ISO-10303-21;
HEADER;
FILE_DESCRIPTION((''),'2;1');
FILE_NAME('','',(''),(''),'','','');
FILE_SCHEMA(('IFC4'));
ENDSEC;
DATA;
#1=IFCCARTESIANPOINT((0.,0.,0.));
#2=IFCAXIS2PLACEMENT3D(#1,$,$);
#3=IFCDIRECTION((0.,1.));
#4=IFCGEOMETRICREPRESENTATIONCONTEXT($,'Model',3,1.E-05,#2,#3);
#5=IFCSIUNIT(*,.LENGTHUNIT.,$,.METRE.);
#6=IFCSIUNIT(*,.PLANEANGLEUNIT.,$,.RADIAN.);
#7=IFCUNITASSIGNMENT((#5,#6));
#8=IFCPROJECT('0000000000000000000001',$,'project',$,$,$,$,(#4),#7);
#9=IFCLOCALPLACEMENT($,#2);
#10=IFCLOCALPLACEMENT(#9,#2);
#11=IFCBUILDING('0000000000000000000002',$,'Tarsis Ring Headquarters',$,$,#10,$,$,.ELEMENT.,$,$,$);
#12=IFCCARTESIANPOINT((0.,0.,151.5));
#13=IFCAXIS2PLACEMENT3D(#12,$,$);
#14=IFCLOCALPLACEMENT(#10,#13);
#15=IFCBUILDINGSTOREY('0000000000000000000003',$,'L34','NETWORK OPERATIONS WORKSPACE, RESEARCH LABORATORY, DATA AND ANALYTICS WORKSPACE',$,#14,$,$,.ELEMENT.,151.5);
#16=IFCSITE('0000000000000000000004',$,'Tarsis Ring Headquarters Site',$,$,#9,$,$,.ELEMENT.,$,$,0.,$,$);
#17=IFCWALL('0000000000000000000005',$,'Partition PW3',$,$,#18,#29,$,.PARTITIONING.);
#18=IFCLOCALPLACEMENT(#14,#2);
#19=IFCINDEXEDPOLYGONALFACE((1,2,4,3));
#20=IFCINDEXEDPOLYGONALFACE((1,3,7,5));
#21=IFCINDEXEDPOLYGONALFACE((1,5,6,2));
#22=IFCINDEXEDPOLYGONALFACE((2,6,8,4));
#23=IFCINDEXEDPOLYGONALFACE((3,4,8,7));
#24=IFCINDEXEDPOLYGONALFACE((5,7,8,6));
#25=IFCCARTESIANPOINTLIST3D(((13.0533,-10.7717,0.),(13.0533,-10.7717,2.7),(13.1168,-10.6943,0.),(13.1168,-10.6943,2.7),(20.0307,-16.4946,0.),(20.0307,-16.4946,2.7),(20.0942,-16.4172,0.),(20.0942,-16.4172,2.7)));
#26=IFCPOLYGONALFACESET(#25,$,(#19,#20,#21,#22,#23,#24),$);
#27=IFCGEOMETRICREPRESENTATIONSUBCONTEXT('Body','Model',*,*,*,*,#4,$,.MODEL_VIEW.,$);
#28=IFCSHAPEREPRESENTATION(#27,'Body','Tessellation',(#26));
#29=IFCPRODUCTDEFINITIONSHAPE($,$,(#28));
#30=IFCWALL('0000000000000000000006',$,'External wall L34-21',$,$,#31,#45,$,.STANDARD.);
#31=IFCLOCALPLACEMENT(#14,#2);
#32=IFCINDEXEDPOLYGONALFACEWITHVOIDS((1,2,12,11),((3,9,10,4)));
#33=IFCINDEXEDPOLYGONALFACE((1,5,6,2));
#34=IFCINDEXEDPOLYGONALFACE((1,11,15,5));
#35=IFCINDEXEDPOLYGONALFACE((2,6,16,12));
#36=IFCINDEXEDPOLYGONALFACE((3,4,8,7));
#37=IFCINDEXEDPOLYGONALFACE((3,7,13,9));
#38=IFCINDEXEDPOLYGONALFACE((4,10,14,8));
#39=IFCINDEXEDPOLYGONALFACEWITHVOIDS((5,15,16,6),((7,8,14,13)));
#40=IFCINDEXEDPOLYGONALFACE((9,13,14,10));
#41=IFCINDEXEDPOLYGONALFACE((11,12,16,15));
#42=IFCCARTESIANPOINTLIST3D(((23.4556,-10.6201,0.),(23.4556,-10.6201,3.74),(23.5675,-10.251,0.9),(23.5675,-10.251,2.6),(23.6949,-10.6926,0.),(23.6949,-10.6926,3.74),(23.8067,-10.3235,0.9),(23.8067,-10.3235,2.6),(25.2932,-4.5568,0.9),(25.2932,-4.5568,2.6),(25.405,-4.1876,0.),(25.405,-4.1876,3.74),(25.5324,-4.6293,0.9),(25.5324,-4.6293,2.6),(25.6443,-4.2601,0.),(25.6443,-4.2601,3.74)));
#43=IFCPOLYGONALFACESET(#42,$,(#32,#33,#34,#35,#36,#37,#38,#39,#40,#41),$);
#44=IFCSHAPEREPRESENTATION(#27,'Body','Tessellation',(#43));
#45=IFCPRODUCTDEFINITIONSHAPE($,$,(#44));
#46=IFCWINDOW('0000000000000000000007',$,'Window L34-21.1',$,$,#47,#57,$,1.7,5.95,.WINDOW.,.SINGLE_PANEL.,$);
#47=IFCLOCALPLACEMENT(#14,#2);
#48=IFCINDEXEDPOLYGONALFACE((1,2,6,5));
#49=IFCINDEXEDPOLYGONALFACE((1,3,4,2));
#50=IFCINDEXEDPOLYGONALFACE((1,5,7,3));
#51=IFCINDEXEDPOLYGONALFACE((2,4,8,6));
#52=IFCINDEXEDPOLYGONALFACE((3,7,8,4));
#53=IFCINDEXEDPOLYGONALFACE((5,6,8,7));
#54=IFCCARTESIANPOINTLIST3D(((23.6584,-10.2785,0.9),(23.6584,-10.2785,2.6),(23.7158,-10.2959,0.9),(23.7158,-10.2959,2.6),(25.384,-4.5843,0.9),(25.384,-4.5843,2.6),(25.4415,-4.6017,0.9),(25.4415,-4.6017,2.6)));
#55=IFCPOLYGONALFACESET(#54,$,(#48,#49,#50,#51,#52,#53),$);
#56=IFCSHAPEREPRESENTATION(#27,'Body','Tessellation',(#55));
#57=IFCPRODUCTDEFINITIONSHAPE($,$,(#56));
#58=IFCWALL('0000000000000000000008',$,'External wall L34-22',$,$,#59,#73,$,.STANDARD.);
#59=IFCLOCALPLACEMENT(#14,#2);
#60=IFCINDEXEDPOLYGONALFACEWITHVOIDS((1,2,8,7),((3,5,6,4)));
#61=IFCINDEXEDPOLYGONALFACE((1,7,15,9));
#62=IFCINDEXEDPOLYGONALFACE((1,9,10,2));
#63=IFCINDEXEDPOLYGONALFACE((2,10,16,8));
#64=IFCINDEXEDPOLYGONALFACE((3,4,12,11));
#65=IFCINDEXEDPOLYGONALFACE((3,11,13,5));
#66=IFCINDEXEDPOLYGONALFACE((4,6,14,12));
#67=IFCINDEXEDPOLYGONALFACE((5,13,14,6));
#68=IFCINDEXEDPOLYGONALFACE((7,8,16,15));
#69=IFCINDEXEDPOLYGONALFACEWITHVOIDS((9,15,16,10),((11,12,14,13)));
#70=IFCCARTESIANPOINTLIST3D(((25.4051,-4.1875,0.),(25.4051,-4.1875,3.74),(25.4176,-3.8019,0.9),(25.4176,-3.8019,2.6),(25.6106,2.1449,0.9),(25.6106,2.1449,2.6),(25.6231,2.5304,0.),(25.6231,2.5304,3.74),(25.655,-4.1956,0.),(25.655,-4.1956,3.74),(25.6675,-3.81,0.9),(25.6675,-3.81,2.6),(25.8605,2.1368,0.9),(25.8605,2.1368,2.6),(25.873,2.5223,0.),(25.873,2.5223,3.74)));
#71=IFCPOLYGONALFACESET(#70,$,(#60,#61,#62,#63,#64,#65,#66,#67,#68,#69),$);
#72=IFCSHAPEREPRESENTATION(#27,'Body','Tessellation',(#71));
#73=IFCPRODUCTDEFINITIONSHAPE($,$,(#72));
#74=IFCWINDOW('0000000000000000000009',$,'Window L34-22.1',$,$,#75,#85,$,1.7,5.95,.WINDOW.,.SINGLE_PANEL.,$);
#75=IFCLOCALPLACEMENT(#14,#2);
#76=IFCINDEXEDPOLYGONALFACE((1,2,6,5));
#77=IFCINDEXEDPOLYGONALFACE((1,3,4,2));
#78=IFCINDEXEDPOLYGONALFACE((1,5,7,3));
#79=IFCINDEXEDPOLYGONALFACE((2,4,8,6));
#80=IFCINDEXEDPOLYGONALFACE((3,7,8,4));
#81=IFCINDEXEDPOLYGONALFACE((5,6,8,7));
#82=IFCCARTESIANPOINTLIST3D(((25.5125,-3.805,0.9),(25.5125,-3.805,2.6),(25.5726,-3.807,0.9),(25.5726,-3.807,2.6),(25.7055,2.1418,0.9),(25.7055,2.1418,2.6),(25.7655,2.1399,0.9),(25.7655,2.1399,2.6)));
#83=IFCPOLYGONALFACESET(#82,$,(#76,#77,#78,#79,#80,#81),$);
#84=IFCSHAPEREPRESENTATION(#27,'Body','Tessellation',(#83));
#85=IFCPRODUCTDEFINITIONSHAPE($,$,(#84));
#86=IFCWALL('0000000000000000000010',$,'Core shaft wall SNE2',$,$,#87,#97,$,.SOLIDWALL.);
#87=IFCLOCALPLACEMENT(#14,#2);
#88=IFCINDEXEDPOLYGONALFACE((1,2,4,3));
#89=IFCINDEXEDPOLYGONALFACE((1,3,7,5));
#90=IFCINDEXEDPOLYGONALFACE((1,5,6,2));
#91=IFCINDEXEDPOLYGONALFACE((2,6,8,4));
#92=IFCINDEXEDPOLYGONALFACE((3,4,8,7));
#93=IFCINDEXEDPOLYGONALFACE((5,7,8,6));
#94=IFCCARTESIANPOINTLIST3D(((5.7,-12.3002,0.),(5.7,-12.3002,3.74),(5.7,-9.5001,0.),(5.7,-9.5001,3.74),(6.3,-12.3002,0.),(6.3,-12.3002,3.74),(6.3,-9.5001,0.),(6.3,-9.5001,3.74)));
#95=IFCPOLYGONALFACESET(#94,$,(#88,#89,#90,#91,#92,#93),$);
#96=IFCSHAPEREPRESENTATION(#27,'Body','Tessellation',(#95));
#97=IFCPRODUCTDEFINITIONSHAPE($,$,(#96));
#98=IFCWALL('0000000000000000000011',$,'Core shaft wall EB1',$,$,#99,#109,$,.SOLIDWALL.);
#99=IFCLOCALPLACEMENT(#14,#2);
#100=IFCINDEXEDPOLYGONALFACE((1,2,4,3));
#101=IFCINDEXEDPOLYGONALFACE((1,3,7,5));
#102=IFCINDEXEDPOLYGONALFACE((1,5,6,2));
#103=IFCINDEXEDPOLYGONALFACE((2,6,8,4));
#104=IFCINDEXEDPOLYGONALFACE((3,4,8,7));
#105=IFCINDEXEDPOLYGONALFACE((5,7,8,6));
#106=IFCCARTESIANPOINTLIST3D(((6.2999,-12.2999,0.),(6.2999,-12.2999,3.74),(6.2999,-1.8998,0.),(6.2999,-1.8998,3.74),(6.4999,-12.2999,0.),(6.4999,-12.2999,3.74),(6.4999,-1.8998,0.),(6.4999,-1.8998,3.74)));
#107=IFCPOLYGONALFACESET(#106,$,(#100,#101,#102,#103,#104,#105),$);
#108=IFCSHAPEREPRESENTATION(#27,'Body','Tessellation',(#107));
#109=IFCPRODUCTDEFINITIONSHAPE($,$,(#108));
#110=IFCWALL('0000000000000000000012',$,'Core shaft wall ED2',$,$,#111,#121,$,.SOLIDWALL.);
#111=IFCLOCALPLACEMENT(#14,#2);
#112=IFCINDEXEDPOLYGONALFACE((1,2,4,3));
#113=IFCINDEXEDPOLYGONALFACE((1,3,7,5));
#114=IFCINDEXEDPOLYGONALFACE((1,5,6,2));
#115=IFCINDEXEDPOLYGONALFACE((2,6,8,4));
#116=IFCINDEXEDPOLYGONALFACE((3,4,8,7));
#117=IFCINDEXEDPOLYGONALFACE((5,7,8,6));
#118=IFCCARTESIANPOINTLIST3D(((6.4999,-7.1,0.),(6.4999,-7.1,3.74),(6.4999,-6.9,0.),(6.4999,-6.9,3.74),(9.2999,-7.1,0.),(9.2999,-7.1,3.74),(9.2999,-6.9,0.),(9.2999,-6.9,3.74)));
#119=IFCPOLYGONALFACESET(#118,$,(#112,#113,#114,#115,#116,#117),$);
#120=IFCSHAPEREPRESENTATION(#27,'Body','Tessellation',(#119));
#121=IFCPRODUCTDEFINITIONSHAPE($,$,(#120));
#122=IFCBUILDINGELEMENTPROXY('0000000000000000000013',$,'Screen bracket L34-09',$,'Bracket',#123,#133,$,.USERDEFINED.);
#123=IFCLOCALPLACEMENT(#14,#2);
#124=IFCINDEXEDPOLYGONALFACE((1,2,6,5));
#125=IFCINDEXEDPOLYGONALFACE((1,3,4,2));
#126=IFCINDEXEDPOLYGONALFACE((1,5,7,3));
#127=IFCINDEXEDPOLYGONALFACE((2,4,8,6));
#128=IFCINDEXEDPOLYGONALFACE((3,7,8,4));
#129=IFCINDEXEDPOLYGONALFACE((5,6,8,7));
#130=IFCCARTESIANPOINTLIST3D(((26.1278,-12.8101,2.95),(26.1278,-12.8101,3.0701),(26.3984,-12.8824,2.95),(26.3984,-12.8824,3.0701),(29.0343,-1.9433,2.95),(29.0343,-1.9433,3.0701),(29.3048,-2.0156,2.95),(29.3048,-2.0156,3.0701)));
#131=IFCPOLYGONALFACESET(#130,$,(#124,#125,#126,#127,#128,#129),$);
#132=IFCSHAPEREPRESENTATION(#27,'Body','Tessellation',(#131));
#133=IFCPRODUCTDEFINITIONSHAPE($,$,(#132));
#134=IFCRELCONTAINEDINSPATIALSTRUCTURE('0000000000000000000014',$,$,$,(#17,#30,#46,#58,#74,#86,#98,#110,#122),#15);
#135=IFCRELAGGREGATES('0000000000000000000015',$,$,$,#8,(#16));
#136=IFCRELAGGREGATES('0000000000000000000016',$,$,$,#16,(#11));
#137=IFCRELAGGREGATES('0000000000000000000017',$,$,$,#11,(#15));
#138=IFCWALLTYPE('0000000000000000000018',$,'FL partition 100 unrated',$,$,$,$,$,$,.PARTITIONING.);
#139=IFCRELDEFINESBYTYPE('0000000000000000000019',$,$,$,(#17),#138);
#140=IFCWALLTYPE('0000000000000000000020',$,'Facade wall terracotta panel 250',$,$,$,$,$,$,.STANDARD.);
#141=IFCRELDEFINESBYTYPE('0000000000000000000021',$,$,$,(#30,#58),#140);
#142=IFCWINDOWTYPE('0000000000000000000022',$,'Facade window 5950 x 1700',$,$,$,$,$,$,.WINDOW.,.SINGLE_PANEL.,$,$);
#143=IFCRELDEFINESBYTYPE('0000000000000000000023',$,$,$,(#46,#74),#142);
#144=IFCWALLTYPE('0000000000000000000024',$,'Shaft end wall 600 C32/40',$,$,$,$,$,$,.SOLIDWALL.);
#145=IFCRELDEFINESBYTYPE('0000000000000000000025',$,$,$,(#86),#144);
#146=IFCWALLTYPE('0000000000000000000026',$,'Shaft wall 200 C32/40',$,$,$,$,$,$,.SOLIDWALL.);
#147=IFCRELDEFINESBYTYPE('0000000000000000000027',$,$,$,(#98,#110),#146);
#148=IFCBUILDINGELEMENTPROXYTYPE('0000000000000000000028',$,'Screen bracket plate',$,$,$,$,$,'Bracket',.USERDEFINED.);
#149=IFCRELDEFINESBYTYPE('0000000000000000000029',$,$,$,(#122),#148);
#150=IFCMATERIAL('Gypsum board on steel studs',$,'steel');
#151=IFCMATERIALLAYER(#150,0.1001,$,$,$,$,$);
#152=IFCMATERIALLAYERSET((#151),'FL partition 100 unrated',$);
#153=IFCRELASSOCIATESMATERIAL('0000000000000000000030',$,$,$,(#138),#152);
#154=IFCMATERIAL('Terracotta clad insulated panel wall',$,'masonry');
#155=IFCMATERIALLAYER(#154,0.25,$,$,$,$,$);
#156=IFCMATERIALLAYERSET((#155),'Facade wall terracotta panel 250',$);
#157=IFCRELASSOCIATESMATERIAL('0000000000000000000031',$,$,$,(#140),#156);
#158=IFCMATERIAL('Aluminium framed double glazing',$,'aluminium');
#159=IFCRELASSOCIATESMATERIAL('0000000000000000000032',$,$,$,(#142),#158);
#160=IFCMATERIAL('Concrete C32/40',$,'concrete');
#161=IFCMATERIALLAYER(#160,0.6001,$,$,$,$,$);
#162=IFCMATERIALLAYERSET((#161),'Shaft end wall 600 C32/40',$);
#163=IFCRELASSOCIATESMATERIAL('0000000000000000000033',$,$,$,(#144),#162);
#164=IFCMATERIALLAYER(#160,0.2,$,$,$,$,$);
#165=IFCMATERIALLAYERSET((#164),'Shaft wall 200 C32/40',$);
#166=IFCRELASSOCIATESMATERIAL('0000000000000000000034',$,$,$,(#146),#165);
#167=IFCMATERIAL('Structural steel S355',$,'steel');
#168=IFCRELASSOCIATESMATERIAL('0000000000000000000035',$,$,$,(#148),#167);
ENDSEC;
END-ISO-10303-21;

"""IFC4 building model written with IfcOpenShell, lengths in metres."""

from ifc_helpers import new_model, si_unit, direction, frame, frame_2d, origin, origin_2d, place, context, subcontext, project, spatial, rectangle, extrude, material, layer, layer_set, type_object, element, fill, save


model = new_model("IFC4")

# Units and contexts
model_context = context("Model", 3, precision=1e-05, world=origin(), true_north=direction((0.0, 1.0)))
body_context = subcontext(model_context, "Body", "Model", "MODEL_VIEW")
ifc_project = project(units=[si_unit("LENGTHUNIT", "METRE"), si_unit("PLANEANGLEUNIT", "RADIAN")], contexts=[model_context])

# Site, building, storey
site_placement = place(None, origin())
site = spatial("IfcSite", under=ifc_project, at=site_placement, Name="Tarsis Ring Headquarters Site", CompositionType="ELEMENT", RefElevation=0.0)
building_placement = place(site_placement, origin())
building = spatial("IfcBuilding", under=site, at=building_placement, Name="Tarsis Ring Headquarters", CompositionType="ELEMENT")
storey_placement = place(building_placement, frame((0.0, 0.0, 151.5)))
storey = spatial("IfcBuildingStorey", under=building, at=storey_placement, Name="L34", Description="NETWORK OPERATIONS WORKSPACE, RESEARCH LABORATORY, DATA AND ANALYTICS WORKSPACE", CompositionType="ELEMENT", Elevation=151.5)

# Shared definitions
ifc_material_1 = material(Name="Structural steel S355", Category="steel")

# Wall
ifc_material_2 = material(Name="Gypsum board on steel studs", Category="steel")
ifc_layer_1 = layer(ifc_material_2, 0.1001)
ifc_layer_set_1 = layer_set([ifc_layer_1], Name="FL partition 100 unrated")
wall_type_1 = type_object("IfcWallType", Name="FL partition 100 unrated", PredefinedType="PARTITIONING", material=ifc_layer_set_1)
wall_1_placement = place(storey_placement, frame((13.085, -10.7329, 0.0), z_axis=(0.0, 0.0, 1.0), x_axis=(0.773185, -0.63418, 0.0)))
element("IfcWall", 1, at=wall_1_placement, inside=storey, type_object=wall_type_1, Name="Partition PW3", PredefinedType="PARTITIONING", context=body_context, shape_type="SweptSolid", body=[
    extrude(rectangle(XDim=9.0242, YDim=0.1001, at=frame_2d((4.5122, 0.0))), origin(), (0.0, 0.0, 1.0), 2.7),
])

# Walls, openings, windows
ifc_material_3 = material(Name="Terracotta clad insulated panel wall", Category="masonry")
ifc_layer_2 = layer(ifc_material_3, 0.25)
ifc_layer_set_2 = layer_set([ifc_layer_2], Name="Facade wall terracotta panel 250")
wall_type_2 = type_object("IfcWallType", Name="Facade wall terracotta panel 250", PredefinedType="STANDARD", material=ifc_layer_set_2)
wall_2_placement = place(storey_placement, frame((23.5752, -10.6565, 0.0), z_axis=(0.0, 0.0, 1.0), x_axis=(0.290033, 0.957017, 0.0)))
wall_2 = element("IfcWall", 2, at=wall_2_placement, inside=storey, type_object=wall_type_2, Name="External wall L34-21", PredefinedType="STANDARD", context=body_context, shape_type="SweptSolid", body=[
    extrude(rectangle(XDim=6.7214, YDim=0.25, at=frame_2d((3.3608, 0.0))), origin(), (0.0, 0.0, 1.0), 3.74),
])
opening_1_placement = place(wall_2_placement, frame((0.3857, 0.0, 0.8999)))
opening_1 = element("IfcOpeningElement", 3, at=opening_1_placement, cuts=wall_2, PredefinedType="OPENING", context=body_context, shape_type="SweptSolid", body=[
    extrude(rectangle(XDim=5.95, YDim=1.7, at=frame_2d((2.9751, 0.8501))), frame((0.0, 0.135, 0.0), z_axis=(0.0, -1.0, 0.0), x_axis=(1.0, 0.0, 0.0)), (0.0, 0.0, 1.0), 0.27),
])
ifc_material_4 = material(Name="Aluminium framed double glazing", Category="aluminium")
window_type = type_object("IfcWindowType", Name="Facade window 5950 x 1700", PartitioningType="SINGLE_PANEL", PredefinedType="WINDOW", material=ifc_material_4)
window_1_placement = place(opening_1_placement, origin())
window_1 = element("IfcWindow", 4, at=window_1_placement, inside=storey, type_object=window_type, Name="Window L34-21.1", OverallHeight=1.7, OverallWidth=5.95, PartitioningType="SINGLE_PANEL", PredefinedType="WINDOW", context=body_context, shape_type="SweptSolid", body=[
    extrude(rectangle(XDim=5.95, YDim=1.7, at=frame_2d((2.9751, 0.8501))), frame((0.0, 0.03, 0.0), z_axis=(0.0, -1.0, 0.0), x_axis=(1.0, 0.0, 0.0)), (0.0, 0.0, 1.0), 0.0601),
])
fill(opening_1, window_1)
wall_3_placement = place(storey_placement, frame((25.53, -4.1917, 0.0), z_axis=(0.0, 0.0, 1.0), x_axis=(0.032436, 0.999474, 0.0)))
wall_3 = element("IfcWall", 5, at=wall_3_placement, inside=storey, type_object=wall_type_2, Name="External wall L34-22", PredefinedType="STANDARD", context=body_context, shape_type="SweptSolid", body=[
    extrude(rectangle(XDim=6.7214, YDim=0.25, at=frame_2d((3.3608, 0.0))), origin(), (0.0, 0.0, 1.0), 3.74),
])
opening_2_placement = place(wall_3_placement, frame((0.3857, 0.0, 0.8999)))
opening_2 = element("IfcOpeningElement", 6, at=opening_2_placement, cuts=wall_3, PredefinedType="OPENING", context=body_context, shape_type="SweptSolid", body=[
    extrude(rectangle(XDim=5.95, YDim=1.7, at=frame_2d((2.9751, 0.8501))), frame((0.0, 0.135, 0.0), z_axis=(0.0, -1.0, 0.0), x_axis=(1.0, 0.0, 0.0)), (0.0, 0.0, 1.0), 0.27),
])
window_2_placement = place(opening_2_placement, origin())
window_2 = element("IfcWindow", 7, at=window_2_placement, inside=storey, type_object=window_type, Name="Window L34-22.1", OverallHeight=1.7, OverallWidth=5.95, PartitioningType="SINGLE_PANEL", PredefinedType="WINDOW", context=body_context, shape_type="SweptSolid", body=[
    extrude(rectangle(XDim=5.95, YDim=1.7, at=frame_2d((2.9751, 0.8501))), frame((0.0, 0.03, 0.0), z_axis=(0.0, -1.0, 0.0), x_axis=(1.0, 0.0, 0.0)), (0.0, 0.0, 1.0), 0.0601),
])
fill(opening_2, window_2)

# Walls
ifc_material_5 = material(Name="Concrete C32/40", Category="concrete")
ifc_layer_3 = layer(ifc_material_5, 0.6001)
ifc_layer_set_3 = layer_set([ifc_layer_3], Name="Shaft end wall 600 C32/40")
wall_type_3 = type_object("IfcWallType", Name="Shaft end wall 600 C32/40", PredefinedType="SOLIDWALL", material=ifc_layer_set_3)
wall_4_placement = place(storey_placement, frame((6.0, -12.3, 0.0), z_axis=(0.0, 0.0, 1.0), x_axis=(0.0, 1.0, 0.0)))
element("IfcWall", 8, at=wall_4_placement, inside=storey, type_object=wall_type_3, Name="Core shaft wall SNE2", PredefinedType="SOLIDWALL", context=body_context, shape_type="SweptSolid", body=[
    extrude(rectangle(XDim=2.8, YDim=0.6001, at=frame_2d((1.3999, 0.0))), origin(), (0.0, 0.0, 1.0), 3.74),
])
ifc_layer_4 = layer(ifc_material_5, 0.2)
ifc_layer_set_4 = layer_set([ifc_layer_4], Name="Shaft wall 200 C32/40")
wall_type_4 = type_object("IfcWallType", Name="Shaft wall 200 C32/40", PredefinedType="SOLIDWALL", material=ifc_layer_set_4)
wall_5_placement = place(storey_placement, frame((6.3999, -12.3, 0.0), z_axis=(0.0, 0.0, 1.0), x_axis=(0.0, 1.0, 0.0)))
element("IfcWall", 9, at=wall_5_placement, inside=storey, type_object=wall_type_4, Name="Core shaft wall EB1", PredefinedType="SOLIDWALL", context=body_context, shape_type="SweptSolid", body=[
    extrude(rectangle(XDim=10.4001, YDim=0.2, at=frame_2d((5.2002, 0.0))), origin(), (0.0, 0.0, 1.0), 3.74),
])
wall_6_placement = place(storey_placement, frame((6.5, -7.0, 0.0), z_axis=(0.0, 0.0, 1.0), x_axis=(1.0, 0.0, 0.0)))
element("IfcWall", 10, at=wall_6_placement, inside=storey, type_object=wall_type_4, Name="Core shaft wall ED2", PredefinedType="SOLIDWALL", context=body_context, shape_type="SweptSolid", body=[
    extrude(rectangle(XDim=2.8, YDim=0.2, at=frame_2d((1.3999, 0.0))), origin(), (0.0, 0.0, 1.0), 3.74),
])

# Building element proxy
building_element_proxy_type = type_object("IfcBuildingElementProxyType", Name="Screen bracket plate", ElementType="Bracket", PredefinedType="USERDEFINED", material=ifc_material_1)
proxy_placement = place(storey_placement, frame((27.7163, -7.4128, 2.95), z_axis=(0.0, 0.0, 1.0), x_axis=(0.258376, 0.966044, 0.0)))
element("IfcBuildingElementProxy", 11, at=proxy_placement, inside=storey, type_object=building_element_proxy_type, Name="Screen bracket L34-09", ObjectType="Bracket", PredefinedType="USERDEFINED", context=body_context, shape_type="SweptSolid", body=[
    extrude(rectangle(XDim=11.2488, YDim=0.28, at=origin_2d()), origin(), (0.0, 0.0, 1.0), 0.1201),
])

save(model, "model.ifc")
